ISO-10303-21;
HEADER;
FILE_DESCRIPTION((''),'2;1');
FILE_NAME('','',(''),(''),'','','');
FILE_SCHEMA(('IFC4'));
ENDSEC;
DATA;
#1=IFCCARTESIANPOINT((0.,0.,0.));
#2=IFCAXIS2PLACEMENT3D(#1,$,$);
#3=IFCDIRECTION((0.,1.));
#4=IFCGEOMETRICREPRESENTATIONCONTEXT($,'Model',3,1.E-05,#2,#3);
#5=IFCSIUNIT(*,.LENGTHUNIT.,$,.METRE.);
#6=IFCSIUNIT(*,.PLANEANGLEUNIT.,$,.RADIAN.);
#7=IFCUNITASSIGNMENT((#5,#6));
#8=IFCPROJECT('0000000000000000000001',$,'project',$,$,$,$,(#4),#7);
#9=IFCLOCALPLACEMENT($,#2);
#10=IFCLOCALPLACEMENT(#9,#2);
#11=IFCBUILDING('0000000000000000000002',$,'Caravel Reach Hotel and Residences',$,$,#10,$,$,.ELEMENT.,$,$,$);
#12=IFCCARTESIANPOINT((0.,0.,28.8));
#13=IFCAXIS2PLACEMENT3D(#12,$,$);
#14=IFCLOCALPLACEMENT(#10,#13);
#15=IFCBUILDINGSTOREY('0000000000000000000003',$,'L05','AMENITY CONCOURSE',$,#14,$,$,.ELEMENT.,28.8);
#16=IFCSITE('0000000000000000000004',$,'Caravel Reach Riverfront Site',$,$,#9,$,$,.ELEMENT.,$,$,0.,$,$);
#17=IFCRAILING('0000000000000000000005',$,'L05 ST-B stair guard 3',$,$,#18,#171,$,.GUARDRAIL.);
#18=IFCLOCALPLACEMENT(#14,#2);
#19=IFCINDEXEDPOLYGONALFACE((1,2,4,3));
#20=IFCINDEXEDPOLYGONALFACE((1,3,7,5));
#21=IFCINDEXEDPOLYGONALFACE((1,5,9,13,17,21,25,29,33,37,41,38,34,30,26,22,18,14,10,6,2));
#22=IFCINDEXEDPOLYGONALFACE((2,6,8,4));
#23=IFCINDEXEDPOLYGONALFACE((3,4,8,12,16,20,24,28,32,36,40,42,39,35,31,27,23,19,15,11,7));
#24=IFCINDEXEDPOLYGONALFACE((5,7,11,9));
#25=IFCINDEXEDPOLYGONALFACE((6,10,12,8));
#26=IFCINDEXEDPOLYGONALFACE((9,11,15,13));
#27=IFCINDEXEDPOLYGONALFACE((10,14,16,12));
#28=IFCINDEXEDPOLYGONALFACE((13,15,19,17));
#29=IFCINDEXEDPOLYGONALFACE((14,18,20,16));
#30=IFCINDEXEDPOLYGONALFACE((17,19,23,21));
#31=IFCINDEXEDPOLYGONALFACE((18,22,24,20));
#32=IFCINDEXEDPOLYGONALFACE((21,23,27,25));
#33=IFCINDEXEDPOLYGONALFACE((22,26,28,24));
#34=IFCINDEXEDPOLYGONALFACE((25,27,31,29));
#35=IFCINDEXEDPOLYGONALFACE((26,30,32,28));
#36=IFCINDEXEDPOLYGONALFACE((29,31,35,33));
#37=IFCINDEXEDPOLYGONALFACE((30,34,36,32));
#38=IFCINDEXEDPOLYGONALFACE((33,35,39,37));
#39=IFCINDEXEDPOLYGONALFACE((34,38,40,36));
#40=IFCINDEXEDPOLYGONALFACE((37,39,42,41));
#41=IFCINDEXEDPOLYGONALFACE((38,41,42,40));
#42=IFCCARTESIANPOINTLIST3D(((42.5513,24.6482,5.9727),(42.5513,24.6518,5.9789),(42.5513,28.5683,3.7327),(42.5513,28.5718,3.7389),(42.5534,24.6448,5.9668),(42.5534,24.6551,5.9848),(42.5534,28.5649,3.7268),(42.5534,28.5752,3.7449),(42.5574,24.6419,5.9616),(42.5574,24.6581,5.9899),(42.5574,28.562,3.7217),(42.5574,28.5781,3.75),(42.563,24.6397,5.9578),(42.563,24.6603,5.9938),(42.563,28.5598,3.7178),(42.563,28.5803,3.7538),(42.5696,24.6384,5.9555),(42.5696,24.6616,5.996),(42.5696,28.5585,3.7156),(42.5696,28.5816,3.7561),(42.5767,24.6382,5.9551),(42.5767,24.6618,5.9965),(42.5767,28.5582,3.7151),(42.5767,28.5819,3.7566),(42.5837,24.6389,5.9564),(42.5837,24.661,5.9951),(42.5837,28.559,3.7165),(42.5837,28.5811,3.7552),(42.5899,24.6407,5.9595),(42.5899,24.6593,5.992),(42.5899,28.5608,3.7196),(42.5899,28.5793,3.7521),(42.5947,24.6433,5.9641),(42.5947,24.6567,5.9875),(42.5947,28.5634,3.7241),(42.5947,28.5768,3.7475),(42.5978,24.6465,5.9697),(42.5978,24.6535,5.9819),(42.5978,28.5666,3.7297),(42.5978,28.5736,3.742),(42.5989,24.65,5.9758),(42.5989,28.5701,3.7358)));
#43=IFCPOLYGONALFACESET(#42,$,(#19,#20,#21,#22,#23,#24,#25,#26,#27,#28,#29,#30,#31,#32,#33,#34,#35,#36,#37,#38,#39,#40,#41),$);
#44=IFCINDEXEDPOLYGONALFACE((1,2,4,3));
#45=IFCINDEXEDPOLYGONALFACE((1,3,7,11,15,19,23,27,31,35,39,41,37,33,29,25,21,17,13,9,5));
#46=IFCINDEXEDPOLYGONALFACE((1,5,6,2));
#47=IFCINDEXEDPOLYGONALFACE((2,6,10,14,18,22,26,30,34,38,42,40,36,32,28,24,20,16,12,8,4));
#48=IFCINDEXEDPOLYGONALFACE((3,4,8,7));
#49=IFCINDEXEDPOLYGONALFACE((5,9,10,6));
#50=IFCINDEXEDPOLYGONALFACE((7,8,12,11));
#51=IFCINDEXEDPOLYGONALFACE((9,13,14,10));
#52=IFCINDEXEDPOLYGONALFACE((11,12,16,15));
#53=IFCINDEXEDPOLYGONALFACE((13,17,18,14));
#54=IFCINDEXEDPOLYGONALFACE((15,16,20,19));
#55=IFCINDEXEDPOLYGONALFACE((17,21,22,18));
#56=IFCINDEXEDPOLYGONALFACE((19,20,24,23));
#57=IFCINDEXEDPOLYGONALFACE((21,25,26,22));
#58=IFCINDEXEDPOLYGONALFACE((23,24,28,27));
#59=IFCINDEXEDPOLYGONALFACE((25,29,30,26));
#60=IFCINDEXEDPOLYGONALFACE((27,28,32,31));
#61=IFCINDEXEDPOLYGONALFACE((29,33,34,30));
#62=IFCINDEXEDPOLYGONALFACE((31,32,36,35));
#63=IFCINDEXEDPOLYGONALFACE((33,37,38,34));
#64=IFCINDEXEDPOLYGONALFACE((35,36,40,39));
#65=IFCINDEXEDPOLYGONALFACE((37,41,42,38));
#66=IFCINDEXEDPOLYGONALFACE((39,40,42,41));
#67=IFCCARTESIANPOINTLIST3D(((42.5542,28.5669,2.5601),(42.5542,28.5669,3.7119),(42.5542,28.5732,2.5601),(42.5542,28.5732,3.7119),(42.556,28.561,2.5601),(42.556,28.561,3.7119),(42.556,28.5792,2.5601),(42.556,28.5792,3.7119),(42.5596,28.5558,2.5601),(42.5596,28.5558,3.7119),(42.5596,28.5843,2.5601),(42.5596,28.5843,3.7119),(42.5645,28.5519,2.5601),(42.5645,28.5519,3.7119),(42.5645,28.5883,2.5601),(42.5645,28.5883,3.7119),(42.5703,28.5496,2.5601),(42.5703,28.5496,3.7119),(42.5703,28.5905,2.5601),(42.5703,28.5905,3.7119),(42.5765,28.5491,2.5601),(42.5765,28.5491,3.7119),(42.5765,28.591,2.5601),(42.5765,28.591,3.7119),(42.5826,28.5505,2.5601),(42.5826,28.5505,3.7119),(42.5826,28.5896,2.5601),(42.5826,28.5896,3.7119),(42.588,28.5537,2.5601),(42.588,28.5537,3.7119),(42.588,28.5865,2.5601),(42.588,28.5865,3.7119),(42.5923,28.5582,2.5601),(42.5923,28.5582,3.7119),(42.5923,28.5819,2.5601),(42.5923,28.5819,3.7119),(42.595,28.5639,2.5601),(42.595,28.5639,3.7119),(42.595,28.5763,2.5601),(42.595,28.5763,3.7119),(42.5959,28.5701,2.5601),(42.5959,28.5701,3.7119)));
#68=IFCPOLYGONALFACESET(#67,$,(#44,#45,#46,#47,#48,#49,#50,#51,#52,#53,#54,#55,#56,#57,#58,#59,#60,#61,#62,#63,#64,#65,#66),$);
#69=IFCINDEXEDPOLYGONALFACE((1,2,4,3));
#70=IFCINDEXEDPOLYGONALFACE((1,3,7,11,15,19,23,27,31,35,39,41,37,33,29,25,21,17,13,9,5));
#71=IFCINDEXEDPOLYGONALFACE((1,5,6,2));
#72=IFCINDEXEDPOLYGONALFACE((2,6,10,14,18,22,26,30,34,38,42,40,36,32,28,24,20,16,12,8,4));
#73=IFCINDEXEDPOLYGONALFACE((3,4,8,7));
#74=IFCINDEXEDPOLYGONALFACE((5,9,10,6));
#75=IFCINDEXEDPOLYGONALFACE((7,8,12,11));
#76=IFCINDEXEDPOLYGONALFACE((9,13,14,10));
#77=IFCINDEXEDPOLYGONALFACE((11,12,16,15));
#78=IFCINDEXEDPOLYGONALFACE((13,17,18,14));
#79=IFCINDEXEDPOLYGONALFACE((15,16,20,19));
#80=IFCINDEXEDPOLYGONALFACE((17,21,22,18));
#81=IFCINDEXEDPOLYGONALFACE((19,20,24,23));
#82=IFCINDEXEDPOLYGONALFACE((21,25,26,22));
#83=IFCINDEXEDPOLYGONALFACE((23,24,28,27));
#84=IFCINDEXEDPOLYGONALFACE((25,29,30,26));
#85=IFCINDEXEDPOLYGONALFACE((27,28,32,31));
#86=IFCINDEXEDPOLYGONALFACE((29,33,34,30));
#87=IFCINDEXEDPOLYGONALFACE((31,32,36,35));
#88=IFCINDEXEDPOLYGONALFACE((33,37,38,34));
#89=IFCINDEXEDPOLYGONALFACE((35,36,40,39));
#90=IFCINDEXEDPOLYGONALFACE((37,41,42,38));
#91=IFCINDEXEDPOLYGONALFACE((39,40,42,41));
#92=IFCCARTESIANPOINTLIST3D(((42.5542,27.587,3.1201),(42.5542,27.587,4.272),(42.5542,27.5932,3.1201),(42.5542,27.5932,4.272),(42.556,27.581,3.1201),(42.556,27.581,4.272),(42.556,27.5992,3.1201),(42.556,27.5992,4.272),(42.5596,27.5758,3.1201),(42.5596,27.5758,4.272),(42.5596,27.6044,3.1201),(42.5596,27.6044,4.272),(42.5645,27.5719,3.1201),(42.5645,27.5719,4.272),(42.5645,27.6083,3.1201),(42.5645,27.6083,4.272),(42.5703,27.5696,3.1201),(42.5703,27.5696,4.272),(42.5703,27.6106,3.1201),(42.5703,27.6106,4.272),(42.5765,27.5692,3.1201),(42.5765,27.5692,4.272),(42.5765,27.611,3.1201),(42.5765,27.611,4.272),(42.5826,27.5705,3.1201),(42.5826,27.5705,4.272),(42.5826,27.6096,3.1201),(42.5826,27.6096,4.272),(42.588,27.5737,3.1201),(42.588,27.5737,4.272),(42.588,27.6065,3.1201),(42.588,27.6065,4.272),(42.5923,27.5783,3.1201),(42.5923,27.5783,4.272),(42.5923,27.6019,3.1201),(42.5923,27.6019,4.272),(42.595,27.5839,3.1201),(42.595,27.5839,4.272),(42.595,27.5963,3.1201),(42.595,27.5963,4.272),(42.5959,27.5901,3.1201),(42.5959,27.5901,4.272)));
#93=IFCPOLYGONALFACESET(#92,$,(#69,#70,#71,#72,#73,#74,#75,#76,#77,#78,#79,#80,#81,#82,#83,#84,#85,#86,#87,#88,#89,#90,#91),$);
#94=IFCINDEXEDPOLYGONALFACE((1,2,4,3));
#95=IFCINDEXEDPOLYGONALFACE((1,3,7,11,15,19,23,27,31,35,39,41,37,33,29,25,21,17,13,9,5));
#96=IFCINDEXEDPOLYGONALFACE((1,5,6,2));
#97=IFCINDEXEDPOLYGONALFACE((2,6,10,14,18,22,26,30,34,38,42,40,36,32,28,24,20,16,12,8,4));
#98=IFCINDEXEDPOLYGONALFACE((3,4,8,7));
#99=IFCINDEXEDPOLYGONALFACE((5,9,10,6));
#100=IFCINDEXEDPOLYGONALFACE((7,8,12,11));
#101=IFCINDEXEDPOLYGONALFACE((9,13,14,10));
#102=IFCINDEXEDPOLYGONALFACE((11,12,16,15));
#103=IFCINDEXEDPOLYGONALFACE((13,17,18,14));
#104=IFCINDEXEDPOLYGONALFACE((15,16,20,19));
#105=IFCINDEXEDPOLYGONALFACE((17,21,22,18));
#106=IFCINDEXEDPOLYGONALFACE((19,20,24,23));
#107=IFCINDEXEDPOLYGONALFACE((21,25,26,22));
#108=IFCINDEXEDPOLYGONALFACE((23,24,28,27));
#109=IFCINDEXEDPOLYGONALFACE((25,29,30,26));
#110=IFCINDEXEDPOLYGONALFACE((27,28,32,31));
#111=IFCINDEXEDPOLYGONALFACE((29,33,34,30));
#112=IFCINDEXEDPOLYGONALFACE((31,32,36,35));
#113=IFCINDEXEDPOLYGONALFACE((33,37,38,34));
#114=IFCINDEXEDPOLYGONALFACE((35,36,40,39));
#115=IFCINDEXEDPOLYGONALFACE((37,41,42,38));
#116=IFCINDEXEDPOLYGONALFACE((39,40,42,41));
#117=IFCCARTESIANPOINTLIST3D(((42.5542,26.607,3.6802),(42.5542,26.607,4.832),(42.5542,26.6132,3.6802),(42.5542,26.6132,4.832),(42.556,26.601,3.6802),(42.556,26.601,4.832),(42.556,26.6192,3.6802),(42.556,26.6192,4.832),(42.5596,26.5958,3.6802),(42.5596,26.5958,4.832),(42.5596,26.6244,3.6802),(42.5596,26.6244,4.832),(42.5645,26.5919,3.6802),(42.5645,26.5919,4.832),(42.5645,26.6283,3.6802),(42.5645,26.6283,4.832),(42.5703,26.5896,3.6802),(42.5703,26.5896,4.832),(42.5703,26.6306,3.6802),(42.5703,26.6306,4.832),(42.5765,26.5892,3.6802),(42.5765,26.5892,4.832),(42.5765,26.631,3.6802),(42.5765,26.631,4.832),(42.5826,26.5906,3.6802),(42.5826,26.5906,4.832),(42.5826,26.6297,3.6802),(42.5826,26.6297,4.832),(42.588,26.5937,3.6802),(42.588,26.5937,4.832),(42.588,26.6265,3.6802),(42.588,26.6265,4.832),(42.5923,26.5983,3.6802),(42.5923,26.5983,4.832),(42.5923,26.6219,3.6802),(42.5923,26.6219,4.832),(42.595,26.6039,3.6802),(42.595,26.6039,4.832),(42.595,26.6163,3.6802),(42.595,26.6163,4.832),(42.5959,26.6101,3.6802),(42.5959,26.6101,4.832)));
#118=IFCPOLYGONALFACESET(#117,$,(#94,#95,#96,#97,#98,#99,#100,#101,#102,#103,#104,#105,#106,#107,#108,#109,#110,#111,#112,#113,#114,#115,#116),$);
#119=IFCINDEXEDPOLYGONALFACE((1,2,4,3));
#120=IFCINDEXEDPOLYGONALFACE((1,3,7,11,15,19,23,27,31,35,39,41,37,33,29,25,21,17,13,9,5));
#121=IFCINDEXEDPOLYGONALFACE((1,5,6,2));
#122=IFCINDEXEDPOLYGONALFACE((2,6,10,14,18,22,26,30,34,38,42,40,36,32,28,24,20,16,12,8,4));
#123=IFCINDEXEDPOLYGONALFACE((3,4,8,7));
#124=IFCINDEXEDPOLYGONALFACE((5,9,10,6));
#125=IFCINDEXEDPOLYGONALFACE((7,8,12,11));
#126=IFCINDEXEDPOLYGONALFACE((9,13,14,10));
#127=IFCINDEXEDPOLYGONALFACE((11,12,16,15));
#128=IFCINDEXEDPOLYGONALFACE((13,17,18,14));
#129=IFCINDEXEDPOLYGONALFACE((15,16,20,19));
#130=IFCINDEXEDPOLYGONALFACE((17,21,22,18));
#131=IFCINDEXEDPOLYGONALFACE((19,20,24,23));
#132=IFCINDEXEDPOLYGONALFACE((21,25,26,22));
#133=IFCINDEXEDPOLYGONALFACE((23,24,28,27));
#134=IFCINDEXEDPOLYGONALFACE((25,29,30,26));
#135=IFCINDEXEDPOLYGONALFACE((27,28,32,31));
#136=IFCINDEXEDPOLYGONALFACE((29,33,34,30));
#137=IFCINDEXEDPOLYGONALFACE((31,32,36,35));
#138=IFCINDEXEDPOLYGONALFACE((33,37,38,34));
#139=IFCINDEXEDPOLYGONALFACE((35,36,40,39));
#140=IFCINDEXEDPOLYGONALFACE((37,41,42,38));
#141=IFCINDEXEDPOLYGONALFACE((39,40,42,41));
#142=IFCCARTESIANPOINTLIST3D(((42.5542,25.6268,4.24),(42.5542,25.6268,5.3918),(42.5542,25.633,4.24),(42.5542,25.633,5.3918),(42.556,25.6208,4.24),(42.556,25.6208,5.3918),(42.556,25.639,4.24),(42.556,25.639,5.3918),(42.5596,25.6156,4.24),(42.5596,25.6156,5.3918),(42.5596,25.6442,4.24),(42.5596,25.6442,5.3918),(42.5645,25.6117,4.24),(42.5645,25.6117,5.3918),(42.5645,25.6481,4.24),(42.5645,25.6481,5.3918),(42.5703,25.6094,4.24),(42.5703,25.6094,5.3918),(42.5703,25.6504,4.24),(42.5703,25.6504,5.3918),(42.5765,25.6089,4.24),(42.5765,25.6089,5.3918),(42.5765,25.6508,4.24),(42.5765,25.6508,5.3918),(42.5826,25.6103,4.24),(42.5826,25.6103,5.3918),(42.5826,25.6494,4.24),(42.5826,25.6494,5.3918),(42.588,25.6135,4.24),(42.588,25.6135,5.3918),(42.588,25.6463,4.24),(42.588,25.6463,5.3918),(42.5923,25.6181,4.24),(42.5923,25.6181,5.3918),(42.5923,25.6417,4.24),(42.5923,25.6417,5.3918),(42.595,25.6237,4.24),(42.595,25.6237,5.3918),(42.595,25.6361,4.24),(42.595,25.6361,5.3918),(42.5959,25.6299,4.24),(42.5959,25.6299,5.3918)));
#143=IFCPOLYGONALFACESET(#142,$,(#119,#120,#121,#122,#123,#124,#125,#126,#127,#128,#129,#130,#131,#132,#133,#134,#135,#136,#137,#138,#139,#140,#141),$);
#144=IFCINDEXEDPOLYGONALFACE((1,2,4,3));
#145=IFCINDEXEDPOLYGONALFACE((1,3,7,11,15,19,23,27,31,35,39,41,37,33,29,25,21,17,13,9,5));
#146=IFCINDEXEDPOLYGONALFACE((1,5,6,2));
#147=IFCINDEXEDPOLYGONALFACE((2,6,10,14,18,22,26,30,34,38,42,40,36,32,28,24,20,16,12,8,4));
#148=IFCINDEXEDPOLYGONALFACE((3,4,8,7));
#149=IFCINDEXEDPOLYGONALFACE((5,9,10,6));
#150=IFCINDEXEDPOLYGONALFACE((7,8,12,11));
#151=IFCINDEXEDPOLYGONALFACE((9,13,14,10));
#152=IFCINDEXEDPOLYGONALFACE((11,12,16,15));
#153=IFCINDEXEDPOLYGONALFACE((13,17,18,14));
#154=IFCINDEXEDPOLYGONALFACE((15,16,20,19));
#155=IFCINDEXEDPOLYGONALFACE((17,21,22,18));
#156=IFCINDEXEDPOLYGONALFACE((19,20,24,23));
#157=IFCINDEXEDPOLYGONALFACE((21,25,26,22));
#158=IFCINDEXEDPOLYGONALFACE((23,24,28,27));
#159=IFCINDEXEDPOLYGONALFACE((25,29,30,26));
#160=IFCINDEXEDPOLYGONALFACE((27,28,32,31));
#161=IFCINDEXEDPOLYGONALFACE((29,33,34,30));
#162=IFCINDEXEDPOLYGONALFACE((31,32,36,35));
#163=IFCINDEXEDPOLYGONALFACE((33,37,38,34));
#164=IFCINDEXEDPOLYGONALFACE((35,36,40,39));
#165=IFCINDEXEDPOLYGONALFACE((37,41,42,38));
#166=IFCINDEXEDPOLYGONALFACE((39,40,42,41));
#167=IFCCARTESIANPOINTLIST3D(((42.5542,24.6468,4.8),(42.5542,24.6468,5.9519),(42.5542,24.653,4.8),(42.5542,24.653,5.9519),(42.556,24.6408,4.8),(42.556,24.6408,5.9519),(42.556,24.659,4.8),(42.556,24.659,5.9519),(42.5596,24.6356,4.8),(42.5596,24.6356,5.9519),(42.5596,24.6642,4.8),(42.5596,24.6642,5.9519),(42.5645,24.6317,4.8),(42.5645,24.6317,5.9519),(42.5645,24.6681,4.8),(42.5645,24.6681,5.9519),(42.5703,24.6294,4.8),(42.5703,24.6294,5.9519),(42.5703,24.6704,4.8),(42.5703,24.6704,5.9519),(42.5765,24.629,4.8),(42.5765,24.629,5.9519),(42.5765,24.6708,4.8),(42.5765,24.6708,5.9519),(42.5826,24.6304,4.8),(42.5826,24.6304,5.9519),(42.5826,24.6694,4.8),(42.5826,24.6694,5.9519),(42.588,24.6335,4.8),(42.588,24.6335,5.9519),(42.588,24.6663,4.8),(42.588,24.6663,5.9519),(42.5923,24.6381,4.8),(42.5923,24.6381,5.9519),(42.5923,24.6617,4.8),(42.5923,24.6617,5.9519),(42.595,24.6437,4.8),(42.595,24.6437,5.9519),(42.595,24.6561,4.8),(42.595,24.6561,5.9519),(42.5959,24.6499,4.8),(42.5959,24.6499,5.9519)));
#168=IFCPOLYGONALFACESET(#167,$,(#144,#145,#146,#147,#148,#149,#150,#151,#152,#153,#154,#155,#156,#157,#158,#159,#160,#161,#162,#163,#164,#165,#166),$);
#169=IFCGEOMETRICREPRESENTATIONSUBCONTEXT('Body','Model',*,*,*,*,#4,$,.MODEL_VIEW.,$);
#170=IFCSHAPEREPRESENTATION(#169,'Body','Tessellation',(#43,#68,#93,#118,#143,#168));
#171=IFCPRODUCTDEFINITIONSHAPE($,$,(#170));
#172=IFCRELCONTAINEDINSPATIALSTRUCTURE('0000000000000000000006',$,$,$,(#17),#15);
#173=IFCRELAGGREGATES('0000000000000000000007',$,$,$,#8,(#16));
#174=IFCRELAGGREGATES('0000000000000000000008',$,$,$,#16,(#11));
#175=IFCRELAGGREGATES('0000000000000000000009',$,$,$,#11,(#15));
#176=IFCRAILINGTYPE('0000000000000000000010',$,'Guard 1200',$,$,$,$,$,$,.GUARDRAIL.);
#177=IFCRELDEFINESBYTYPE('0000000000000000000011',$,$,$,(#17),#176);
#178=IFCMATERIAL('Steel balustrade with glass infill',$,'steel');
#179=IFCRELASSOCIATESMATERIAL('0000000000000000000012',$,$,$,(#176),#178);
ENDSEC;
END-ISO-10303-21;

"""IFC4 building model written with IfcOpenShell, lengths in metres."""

from ifc_helpers import new_model, si_unit, direction, frame, origin, origin_2d, place, context, subcontext, project, spatial, circle, extrude, material, type_object, element, save


model = new_model("IFC4")

# Units and contexts
model_context = context("Model", 3, precision=1e-05, world=origin(), true_north=direction((0.0, 1.0)))
body_context = subcontext(model_context, "Body", "Model", "MODEL_VIEW")
ifc_project = project(units=[si_unit("LENGTHUNIT", "METRE"), si_unit("PLANEANGLEUNIT", "RADIAN")], contexts=[model_context])

# Site, building, storey
site_placement = place(None, origin())
site = spatial("IfcSite", under=ifc_project, at=site_placement, Name="Caravel Reach Riverfront Site", CompositionType="ELEMENT", RefElevation=0.0)
building_placement = place(site_placement, origin())
building = spatial("IfcBuilding", under=site, at=building_placement, Name="Caravel Reach Hotel and Residences", CompositionType="ELEMENT")
storey_placement = place(building_placement, frame((0.0, 0.0, 28.8)))
storey = spatial("IfcBuildingStorey", under=building, at=storey_placement, Name="L05", Description="AMENITY CONCOURSE", CompositionType="ELEMENT", Elevation=28.8)

# Railing
ifc_material_1 = material(Name="Steel balustrade with glass infill", Category="steel")
railing_type = type_object("IfcRailingType", Name="Guard 1200", PredefinedType="GUARDRAIL", material=ifc_material_1)
railing_1_placement = place(storey_placement, frame((42.575, 28.5701, 2.5601)))
element("IfcRailing", 1, at=railing_1_placement, inside=storey, type_object=railing_type, Name="L05 ST-B stair guard 3", PredefinedType="GUARDRAIL", context=body_context, shape_type="SweptSolid", body=[
    extrude(circle(Radius=0.0239, at=origin_2d()), frame((0.0, 0.0, 1.1758), z_axis=(0.0, -0.868253, 0.496121), x_axis=(1.0, 0.0, 0.0)), (0.0, 0.0, 1.0), 4.5149),
    extrude(circle(Radius=0.021, at=origin_2d()), origin(), (0.0, 0.0, 1.0), 1.1519),
    extrude(circle(Radius=0.021, at=origin_2d()), frame((0.0, -0.98, 0.5601)), (0.0, 0.0, 1.0), 1.1519),
    extrude(circle(Radius=0.021, at=origin_2d()), frame((0.0, -1.96, 1.1201)), (0.0, 0.0, 1.0), 1.1519),
    extrude(circle(Radius=0.021, at=origin_2d()), frame((0.0, -2.9402, 1.6799)), (0.0, 0.0, 1.0), 1.1519),
    extrude(circle(Radius=0.021, at=origin_2d()), frame((0.0, -3.9202, 2.24)), (0.0, 0.0, 1.0), 1.1519),
])

save(model, "model.ifc")
